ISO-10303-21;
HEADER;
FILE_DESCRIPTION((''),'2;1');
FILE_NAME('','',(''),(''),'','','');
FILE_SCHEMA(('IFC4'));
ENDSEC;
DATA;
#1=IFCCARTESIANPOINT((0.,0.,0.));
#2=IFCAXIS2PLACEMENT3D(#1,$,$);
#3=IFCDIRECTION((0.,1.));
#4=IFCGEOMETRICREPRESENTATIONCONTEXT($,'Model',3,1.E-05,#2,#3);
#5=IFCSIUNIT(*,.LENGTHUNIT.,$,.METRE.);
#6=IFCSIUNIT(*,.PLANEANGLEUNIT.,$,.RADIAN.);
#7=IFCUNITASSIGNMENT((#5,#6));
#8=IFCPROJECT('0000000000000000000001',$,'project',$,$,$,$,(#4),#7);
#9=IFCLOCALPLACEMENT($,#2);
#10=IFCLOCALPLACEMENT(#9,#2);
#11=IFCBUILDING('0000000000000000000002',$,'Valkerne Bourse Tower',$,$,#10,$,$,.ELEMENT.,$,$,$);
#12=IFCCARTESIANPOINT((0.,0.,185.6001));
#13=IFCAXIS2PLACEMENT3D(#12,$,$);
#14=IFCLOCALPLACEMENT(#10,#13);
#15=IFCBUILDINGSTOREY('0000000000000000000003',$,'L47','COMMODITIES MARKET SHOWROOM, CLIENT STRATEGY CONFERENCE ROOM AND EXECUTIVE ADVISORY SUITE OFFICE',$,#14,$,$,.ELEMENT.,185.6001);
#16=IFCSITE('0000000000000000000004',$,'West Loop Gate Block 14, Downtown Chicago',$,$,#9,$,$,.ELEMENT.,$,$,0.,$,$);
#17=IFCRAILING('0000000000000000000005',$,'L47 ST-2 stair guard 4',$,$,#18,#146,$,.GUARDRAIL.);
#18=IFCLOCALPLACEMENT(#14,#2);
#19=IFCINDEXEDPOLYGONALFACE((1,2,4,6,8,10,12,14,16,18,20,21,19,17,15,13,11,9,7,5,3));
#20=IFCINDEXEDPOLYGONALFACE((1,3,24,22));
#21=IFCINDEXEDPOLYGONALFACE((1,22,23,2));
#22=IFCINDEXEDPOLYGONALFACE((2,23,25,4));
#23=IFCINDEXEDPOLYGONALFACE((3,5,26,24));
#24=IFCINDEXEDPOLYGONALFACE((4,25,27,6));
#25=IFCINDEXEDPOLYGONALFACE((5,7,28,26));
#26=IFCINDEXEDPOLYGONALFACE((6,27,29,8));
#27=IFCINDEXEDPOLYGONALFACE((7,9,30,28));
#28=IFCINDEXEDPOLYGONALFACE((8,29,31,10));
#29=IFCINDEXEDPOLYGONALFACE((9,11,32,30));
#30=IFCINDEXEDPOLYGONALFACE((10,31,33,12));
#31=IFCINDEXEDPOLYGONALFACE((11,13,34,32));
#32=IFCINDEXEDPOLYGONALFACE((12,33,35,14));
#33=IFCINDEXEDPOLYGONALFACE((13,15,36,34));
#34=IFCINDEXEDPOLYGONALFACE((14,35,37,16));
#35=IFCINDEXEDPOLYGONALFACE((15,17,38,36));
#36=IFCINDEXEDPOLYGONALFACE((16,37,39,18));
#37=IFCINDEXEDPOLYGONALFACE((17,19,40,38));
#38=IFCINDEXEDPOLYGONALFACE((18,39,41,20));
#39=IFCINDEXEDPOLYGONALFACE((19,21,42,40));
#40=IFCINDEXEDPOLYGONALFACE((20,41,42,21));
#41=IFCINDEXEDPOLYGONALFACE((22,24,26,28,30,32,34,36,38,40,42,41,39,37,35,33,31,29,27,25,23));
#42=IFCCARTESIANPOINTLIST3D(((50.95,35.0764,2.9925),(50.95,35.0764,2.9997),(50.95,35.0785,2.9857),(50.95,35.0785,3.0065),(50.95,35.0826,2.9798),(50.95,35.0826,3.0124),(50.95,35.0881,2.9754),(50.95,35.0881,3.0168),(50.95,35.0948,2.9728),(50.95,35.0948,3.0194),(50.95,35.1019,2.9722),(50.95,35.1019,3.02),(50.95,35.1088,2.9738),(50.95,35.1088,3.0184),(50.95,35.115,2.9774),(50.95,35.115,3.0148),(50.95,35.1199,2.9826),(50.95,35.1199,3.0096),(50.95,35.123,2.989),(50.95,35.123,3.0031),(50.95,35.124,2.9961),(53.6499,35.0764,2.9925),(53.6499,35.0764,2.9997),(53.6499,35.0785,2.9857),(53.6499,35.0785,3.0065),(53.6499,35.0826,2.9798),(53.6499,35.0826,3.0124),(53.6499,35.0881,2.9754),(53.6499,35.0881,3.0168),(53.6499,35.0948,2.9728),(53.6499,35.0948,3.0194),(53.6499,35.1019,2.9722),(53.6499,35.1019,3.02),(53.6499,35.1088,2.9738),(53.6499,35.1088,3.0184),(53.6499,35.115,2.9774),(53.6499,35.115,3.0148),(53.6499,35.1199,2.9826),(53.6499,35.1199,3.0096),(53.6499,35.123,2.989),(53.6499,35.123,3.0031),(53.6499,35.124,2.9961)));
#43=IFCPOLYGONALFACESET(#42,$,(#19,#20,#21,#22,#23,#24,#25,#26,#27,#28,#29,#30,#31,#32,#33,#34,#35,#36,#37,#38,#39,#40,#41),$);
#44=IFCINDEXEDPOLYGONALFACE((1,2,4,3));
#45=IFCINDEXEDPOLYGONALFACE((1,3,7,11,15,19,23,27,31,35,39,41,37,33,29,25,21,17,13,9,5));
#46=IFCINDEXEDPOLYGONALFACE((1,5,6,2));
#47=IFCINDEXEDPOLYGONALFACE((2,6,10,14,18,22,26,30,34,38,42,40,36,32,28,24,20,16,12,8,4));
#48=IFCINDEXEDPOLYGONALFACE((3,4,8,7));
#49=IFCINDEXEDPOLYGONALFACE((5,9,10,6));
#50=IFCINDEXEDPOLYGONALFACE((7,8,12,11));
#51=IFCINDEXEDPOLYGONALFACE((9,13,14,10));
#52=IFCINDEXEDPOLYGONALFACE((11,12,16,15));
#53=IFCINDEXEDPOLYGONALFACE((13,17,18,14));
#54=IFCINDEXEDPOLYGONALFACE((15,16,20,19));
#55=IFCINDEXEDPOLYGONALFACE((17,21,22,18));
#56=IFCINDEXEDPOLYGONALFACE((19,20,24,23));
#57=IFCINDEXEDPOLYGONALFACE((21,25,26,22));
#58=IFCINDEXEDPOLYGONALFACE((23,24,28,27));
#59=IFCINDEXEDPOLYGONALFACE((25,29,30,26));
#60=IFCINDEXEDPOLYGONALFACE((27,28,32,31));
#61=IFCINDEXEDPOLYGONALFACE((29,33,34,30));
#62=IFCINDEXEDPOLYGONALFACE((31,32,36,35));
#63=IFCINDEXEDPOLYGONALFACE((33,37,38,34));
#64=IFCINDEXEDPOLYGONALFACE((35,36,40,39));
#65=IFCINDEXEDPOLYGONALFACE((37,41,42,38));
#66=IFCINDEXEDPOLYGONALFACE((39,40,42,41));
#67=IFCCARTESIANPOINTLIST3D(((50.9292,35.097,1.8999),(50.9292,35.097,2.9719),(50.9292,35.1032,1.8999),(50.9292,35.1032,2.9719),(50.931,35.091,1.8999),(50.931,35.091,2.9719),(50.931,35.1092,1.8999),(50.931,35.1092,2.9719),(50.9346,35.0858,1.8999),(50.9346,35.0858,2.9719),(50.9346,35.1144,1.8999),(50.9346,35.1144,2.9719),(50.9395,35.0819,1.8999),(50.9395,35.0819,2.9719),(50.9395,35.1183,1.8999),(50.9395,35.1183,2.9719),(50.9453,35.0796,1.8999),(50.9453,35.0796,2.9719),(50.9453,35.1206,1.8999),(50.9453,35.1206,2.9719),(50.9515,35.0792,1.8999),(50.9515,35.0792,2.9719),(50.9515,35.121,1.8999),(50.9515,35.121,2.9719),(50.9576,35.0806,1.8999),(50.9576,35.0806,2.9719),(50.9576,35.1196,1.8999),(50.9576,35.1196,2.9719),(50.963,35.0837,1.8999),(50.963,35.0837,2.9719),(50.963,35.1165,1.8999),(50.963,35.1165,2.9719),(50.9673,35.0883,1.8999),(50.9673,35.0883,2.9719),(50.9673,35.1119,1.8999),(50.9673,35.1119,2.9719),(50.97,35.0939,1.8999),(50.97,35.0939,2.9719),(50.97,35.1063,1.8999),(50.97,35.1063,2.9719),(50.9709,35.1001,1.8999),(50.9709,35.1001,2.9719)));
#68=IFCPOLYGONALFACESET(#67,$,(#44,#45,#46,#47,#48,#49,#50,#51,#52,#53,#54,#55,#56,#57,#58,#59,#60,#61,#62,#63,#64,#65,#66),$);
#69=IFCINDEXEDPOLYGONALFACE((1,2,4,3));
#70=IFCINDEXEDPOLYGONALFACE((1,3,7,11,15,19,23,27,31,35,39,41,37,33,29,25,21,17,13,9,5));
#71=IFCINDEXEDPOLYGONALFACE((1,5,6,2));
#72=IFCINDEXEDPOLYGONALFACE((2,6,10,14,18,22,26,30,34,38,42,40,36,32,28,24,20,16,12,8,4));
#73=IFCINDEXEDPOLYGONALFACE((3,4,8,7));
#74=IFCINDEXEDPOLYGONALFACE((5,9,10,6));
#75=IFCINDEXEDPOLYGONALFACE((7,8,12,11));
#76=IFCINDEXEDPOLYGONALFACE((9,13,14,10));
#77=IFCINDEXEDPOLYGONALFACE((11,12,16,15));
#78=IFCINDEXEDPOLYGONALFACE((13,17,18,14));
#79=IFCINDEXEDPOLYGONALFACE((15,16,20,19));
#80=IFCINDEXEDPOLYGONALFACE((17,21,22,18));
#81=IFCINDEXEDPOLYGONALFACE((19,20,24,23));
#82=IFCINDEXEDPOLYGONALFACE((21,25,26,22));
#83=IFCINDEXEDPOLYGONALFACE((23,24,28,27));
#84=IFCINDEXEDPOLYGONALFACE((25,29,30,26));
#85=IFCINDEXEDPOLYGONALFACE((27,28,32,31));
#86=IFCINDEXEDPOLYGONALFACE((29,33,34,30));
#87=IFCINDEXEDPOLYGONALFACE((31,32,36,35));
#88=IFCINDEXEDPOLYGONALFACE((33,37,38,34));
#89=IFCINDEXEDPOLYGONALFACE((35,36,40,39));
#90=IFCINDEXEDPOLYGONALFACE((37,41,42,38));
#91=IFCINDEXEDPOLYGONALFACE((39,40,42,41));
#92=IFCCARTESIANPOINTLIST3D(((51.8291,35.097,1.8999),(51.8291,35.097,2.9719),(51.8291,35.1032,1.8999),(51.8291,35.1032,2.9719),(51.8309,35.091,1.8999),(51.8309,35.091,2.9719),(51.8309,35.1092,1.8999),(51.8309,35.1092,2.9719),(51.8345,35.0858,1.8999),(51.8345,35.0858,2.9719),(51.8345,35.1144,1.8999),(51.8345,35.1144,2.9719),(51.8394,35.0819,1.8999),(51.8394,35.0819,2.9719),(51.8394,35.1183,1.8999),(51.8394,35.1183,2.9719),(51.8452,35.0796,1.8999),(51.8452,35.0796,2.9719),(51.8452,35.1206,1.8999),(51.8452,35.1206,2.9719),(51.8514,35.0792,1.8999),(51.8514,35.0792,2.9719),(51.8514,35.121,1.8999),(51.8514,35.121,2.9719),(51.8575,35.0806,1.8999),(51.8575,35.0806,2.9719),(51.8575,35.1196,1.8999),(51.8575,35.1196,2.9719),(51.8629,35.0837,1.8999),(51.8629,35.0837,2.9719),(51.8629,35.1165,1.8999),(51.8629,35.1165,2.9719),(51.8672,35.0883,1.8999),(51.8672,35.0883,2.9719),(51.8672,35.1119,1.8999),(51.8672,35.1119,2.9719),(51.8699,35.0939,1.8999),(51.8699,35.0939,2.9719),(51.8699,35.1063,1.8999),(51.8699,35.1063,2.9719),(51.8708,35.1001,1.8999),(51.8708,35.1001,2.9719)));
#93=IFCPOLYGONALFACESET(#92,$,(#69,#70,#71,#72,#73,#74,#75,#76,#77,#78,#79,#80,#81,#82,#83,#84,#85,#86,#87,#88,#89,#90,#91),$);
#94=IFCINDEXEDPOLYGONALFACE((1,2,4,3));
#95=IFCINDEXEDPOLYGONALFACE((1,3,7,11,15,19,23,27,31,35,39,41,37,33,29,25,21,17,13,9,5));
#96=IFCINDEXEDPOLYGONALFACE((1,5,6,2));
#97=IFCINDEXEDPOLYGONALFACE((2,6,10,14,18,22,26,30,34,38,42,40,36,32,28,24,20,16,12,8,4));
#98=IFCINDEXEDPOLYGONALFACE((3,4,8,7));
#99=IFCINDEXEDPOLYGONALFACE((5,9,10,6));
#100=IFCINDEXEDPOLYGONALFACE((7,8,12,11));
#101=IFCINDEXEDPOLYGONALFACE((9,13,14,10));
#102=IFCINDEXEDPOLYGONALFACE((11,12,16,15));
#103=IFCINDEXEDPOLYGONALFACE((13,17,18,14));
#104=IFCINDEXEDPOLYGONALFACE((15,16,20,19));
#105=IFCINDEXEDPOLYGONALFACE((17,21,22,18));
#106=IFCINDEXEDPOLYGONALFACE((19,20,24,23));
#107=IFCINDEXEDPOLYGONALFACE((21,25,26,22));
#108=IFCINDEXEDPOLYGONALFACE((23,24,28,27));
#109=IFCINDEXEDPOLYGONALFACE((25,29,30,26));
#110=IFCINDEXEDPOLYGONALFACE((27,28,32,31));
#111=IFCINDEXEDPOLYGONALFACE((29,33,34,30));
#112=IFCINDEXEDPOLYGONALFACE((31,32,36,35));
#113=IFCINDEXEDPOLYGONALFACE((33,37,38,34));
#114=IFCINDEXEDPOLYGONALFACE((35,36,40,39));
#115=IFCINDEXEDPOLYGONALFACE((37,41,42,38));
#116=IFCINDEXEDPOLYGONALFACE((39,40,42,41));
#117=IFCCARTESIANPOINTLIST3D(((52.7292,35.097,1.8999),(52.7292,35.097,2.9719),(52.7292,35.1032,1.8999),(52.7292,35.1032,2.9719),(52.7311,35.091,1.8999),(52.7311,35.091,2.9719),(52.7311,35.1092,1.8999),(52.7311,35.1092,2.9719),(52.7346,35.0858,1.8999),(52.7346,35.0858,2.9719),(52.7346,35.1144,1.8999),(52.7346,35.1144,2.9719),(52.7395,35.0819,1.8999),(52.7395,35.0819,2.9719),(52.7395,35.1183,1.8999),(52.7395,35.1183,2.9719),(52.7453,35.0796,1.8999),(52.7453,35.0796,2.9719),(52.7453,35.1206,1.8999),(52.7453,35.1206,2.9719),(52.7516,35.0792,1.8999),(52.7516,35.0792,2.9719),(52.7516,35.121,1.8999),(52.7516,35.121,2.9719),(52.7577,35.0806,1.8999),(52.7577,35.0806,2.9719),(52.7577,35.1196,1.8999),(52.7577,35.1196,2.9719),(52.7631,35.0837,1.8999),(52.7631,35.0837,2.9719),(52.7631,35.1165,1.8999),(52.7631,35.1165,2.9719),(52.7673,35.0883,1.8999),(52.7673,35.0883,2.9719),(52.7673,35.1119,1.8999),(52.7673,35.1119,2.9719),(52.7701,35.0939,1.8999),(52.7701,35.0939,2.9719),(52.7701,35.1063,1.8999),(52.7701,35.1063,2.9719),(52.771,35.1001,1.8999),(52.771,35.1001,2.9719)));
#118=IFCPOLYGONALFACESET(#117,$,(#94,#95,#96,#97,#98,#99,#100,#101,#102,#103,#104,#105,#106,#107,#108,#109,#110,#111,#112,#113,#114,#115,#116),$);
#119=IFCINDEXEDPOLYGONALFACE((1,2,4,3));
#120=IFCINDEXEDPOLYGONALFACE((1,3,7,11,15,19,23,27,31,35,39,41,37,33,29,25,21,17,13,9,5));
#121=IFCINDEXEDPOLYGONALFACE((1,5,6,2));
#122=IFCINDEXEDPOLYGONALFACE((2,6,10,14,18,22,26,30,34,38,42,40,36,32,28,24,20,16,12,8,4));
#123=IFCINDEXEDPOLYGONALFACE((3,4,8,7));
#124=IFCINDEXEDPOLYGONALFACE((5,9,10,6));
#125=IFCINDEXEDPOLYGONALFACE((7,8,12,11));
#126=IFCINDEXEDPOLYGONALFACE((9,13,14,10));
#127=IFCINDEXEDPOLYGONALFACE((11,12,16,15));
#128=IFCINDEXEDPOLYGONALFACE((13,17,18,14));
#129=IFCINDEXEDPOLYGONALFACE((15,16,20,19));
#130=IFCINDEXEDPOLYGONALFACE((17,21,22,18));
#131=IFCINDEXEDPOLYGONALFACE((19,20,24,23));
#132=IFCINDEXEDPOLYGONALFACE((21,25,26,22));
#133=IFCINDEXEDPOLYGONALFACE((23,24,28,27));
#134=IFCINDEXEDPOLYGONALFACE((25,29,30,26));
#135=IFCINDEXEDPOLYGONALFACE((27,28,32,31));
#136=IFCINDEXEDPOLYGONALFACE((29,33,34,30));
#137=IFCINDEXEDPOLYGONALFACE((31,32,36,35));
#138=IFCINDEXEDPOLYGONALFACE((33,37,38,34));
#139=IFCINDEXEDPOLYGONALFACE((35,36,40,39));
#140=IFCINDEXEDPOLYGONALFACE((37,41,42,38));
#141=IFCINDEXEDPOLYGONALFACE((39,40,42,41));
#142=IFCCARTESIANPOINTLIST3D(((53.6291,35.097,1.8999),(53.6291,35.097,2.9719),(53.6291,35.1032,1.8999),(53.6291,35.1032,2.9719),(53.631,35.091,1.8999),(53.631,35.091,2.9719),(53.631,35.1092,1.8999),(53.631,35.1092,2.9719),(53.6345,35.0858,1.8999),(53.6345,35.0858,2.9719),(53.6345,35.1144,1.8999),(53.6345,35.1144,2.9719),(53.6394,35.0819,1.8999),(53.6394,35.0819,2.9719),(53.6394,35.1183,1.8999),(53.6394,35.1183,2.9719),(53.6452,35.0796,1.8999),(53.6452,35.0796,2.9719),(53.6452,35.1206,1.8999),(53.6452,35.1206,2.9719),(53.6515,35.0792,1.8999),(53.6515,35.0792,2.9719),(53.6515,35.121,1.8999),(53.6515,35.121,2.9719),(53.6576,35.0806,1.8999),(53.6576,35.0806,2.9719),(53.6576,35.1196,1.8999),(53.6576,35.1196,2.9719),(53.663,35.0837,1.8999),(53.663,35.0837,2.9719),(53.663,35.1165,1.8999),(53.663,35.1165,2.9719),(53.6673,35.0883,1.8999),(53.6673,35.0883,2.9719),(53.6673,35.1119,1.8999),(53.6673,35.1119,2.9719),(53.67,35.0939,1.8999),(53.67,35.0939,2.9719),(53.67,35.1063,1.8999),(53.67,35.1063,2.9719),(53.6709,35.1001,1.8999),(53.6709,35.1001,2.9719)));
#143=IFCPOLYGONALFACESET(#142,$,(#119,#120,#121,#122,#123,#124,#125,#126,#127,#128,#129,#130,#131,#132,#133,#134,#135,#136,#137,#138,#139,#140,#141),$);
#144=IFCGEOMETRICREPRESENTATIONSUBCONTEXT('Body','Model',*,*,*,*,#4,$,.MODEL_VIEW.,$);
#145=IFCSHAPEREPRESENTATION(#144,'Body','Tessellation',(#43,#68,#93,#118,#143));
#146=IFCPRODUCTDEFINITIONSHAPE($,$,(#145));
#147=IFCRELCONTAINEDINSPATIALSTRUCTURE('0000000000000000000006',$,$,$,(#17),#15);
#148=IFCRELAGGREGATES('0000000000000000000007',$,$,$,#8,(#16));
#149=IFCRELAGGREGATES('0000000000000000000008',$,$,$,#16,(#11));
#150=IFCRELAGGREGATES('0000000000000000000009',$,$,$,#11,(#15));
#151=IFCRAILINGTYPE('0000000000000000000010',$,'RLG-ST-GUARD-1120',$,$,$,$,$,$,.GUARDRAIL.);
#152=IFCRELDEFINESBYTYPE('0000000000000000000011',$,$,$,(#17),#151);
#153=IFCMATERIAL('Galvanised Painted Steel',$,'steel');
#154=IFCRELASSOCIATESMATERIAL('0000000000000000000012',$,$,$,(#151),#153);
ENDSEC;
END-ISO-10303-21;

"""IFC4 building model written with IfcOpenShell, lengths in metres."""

from ifc_helpers import new_model, si_unit, direction, frame, origin, origin_2d, place, context, subcontext, project, spatial, circle, extrude, material, type_object, element, save


model = new_model("IFC4")

# Units and contexts
model_context = context("Model", 3, precision=1e-05, world=origin(), true_north=direction((0.0, 1.0)))
body_context = subcontext(model_context, "Body", "Model", "MODEL_VIEW")
ifc_project = project(units=[si_unit("LENGTHUNIT", "METRE"), si_unit("PLANEANGLEUNIT", "RADIAN")], contexts=[model_context])

# Site, building, storey
site_placement = place(None, origin())
site = spatial("IfcSite", under=ifc_project, at=site_placement, Name="West Loop Gate Block 14, Downtown Chicago", CompositionType="ELEMENT", RefElevation=0.0)
building_placement = place(site_placement, origin())
building = spatial("IfcBuilding", under=site, at=building_placement, Name="Valkerne Bourse Tower", CompositionType="ELEMENT")
storey_placement = place(building_placement, frame((0.0, 0.0, 185.6001)))
storey = spatial("IfcBuildingStorey", under=building, at=storey_placement, Name="L47", Description="COMMODITIES MARKET SHOWROOM, CLIENT STRATEGY CONFERENCE ROOM AND EXECUTIVE ADVISORY SUITE OFFICE", CompositionType="ELEMENT", Elevation=185.6001)

# Shared definitions
ifc_material_1 = material(Name="Galvanised Painted Steel", Category="steel")

# Railing
railing_type_1 = type_object("IfcRailingType", Name="RLG-ST-GUARD-1120", PredefinedType="GUARDRAIL", material=ifc_material_1)
for number, where, name in (
    (1, (50.95, 35.1001, 1.8999), "L47 ST-2 stair guard 4"),
):
    element("IfcRailing", number, at=place(storey_placement, frame(where)), inside=storey, type_object=railing_type_1, Name=name, PredefinedType="GUARDRAIL", context=body_context, shape_type="SweptSolid", body=[
        extrude(circle(Radius=0.0239, at=origin_2d()), frame((0.0, 0.0, 1.0962), z_axis=(1.0, 0.0, 0.0), x_axis=(0.0, 1.0, 0.0)), (0.0, 0.0, 1.0), 2.7),
        extrude(circle(Radius=0.021, at=origin_2d()), origin(), (0.0, 0.0, 1.0), 1.072),
        extrude(circle(Radius=0.021, at=origin_2d()), frame((0.8999, 0.0, 0.0)), (0.0, 0.0, 1.0), 1.072),
        extrude(circle(Radius=0.021, at=origin_2d()), frame((1.8, 0.0, 0.0)), (0.0, 0.0, 1.0), 1.072),
        extrude(circle(Radius=0.021, at=origin_2d()), frame((2.7, 0.0, 0.0)), (0.0, 0.0, 1.0), 1.072),
    ])

save(model, "model.ifc")
